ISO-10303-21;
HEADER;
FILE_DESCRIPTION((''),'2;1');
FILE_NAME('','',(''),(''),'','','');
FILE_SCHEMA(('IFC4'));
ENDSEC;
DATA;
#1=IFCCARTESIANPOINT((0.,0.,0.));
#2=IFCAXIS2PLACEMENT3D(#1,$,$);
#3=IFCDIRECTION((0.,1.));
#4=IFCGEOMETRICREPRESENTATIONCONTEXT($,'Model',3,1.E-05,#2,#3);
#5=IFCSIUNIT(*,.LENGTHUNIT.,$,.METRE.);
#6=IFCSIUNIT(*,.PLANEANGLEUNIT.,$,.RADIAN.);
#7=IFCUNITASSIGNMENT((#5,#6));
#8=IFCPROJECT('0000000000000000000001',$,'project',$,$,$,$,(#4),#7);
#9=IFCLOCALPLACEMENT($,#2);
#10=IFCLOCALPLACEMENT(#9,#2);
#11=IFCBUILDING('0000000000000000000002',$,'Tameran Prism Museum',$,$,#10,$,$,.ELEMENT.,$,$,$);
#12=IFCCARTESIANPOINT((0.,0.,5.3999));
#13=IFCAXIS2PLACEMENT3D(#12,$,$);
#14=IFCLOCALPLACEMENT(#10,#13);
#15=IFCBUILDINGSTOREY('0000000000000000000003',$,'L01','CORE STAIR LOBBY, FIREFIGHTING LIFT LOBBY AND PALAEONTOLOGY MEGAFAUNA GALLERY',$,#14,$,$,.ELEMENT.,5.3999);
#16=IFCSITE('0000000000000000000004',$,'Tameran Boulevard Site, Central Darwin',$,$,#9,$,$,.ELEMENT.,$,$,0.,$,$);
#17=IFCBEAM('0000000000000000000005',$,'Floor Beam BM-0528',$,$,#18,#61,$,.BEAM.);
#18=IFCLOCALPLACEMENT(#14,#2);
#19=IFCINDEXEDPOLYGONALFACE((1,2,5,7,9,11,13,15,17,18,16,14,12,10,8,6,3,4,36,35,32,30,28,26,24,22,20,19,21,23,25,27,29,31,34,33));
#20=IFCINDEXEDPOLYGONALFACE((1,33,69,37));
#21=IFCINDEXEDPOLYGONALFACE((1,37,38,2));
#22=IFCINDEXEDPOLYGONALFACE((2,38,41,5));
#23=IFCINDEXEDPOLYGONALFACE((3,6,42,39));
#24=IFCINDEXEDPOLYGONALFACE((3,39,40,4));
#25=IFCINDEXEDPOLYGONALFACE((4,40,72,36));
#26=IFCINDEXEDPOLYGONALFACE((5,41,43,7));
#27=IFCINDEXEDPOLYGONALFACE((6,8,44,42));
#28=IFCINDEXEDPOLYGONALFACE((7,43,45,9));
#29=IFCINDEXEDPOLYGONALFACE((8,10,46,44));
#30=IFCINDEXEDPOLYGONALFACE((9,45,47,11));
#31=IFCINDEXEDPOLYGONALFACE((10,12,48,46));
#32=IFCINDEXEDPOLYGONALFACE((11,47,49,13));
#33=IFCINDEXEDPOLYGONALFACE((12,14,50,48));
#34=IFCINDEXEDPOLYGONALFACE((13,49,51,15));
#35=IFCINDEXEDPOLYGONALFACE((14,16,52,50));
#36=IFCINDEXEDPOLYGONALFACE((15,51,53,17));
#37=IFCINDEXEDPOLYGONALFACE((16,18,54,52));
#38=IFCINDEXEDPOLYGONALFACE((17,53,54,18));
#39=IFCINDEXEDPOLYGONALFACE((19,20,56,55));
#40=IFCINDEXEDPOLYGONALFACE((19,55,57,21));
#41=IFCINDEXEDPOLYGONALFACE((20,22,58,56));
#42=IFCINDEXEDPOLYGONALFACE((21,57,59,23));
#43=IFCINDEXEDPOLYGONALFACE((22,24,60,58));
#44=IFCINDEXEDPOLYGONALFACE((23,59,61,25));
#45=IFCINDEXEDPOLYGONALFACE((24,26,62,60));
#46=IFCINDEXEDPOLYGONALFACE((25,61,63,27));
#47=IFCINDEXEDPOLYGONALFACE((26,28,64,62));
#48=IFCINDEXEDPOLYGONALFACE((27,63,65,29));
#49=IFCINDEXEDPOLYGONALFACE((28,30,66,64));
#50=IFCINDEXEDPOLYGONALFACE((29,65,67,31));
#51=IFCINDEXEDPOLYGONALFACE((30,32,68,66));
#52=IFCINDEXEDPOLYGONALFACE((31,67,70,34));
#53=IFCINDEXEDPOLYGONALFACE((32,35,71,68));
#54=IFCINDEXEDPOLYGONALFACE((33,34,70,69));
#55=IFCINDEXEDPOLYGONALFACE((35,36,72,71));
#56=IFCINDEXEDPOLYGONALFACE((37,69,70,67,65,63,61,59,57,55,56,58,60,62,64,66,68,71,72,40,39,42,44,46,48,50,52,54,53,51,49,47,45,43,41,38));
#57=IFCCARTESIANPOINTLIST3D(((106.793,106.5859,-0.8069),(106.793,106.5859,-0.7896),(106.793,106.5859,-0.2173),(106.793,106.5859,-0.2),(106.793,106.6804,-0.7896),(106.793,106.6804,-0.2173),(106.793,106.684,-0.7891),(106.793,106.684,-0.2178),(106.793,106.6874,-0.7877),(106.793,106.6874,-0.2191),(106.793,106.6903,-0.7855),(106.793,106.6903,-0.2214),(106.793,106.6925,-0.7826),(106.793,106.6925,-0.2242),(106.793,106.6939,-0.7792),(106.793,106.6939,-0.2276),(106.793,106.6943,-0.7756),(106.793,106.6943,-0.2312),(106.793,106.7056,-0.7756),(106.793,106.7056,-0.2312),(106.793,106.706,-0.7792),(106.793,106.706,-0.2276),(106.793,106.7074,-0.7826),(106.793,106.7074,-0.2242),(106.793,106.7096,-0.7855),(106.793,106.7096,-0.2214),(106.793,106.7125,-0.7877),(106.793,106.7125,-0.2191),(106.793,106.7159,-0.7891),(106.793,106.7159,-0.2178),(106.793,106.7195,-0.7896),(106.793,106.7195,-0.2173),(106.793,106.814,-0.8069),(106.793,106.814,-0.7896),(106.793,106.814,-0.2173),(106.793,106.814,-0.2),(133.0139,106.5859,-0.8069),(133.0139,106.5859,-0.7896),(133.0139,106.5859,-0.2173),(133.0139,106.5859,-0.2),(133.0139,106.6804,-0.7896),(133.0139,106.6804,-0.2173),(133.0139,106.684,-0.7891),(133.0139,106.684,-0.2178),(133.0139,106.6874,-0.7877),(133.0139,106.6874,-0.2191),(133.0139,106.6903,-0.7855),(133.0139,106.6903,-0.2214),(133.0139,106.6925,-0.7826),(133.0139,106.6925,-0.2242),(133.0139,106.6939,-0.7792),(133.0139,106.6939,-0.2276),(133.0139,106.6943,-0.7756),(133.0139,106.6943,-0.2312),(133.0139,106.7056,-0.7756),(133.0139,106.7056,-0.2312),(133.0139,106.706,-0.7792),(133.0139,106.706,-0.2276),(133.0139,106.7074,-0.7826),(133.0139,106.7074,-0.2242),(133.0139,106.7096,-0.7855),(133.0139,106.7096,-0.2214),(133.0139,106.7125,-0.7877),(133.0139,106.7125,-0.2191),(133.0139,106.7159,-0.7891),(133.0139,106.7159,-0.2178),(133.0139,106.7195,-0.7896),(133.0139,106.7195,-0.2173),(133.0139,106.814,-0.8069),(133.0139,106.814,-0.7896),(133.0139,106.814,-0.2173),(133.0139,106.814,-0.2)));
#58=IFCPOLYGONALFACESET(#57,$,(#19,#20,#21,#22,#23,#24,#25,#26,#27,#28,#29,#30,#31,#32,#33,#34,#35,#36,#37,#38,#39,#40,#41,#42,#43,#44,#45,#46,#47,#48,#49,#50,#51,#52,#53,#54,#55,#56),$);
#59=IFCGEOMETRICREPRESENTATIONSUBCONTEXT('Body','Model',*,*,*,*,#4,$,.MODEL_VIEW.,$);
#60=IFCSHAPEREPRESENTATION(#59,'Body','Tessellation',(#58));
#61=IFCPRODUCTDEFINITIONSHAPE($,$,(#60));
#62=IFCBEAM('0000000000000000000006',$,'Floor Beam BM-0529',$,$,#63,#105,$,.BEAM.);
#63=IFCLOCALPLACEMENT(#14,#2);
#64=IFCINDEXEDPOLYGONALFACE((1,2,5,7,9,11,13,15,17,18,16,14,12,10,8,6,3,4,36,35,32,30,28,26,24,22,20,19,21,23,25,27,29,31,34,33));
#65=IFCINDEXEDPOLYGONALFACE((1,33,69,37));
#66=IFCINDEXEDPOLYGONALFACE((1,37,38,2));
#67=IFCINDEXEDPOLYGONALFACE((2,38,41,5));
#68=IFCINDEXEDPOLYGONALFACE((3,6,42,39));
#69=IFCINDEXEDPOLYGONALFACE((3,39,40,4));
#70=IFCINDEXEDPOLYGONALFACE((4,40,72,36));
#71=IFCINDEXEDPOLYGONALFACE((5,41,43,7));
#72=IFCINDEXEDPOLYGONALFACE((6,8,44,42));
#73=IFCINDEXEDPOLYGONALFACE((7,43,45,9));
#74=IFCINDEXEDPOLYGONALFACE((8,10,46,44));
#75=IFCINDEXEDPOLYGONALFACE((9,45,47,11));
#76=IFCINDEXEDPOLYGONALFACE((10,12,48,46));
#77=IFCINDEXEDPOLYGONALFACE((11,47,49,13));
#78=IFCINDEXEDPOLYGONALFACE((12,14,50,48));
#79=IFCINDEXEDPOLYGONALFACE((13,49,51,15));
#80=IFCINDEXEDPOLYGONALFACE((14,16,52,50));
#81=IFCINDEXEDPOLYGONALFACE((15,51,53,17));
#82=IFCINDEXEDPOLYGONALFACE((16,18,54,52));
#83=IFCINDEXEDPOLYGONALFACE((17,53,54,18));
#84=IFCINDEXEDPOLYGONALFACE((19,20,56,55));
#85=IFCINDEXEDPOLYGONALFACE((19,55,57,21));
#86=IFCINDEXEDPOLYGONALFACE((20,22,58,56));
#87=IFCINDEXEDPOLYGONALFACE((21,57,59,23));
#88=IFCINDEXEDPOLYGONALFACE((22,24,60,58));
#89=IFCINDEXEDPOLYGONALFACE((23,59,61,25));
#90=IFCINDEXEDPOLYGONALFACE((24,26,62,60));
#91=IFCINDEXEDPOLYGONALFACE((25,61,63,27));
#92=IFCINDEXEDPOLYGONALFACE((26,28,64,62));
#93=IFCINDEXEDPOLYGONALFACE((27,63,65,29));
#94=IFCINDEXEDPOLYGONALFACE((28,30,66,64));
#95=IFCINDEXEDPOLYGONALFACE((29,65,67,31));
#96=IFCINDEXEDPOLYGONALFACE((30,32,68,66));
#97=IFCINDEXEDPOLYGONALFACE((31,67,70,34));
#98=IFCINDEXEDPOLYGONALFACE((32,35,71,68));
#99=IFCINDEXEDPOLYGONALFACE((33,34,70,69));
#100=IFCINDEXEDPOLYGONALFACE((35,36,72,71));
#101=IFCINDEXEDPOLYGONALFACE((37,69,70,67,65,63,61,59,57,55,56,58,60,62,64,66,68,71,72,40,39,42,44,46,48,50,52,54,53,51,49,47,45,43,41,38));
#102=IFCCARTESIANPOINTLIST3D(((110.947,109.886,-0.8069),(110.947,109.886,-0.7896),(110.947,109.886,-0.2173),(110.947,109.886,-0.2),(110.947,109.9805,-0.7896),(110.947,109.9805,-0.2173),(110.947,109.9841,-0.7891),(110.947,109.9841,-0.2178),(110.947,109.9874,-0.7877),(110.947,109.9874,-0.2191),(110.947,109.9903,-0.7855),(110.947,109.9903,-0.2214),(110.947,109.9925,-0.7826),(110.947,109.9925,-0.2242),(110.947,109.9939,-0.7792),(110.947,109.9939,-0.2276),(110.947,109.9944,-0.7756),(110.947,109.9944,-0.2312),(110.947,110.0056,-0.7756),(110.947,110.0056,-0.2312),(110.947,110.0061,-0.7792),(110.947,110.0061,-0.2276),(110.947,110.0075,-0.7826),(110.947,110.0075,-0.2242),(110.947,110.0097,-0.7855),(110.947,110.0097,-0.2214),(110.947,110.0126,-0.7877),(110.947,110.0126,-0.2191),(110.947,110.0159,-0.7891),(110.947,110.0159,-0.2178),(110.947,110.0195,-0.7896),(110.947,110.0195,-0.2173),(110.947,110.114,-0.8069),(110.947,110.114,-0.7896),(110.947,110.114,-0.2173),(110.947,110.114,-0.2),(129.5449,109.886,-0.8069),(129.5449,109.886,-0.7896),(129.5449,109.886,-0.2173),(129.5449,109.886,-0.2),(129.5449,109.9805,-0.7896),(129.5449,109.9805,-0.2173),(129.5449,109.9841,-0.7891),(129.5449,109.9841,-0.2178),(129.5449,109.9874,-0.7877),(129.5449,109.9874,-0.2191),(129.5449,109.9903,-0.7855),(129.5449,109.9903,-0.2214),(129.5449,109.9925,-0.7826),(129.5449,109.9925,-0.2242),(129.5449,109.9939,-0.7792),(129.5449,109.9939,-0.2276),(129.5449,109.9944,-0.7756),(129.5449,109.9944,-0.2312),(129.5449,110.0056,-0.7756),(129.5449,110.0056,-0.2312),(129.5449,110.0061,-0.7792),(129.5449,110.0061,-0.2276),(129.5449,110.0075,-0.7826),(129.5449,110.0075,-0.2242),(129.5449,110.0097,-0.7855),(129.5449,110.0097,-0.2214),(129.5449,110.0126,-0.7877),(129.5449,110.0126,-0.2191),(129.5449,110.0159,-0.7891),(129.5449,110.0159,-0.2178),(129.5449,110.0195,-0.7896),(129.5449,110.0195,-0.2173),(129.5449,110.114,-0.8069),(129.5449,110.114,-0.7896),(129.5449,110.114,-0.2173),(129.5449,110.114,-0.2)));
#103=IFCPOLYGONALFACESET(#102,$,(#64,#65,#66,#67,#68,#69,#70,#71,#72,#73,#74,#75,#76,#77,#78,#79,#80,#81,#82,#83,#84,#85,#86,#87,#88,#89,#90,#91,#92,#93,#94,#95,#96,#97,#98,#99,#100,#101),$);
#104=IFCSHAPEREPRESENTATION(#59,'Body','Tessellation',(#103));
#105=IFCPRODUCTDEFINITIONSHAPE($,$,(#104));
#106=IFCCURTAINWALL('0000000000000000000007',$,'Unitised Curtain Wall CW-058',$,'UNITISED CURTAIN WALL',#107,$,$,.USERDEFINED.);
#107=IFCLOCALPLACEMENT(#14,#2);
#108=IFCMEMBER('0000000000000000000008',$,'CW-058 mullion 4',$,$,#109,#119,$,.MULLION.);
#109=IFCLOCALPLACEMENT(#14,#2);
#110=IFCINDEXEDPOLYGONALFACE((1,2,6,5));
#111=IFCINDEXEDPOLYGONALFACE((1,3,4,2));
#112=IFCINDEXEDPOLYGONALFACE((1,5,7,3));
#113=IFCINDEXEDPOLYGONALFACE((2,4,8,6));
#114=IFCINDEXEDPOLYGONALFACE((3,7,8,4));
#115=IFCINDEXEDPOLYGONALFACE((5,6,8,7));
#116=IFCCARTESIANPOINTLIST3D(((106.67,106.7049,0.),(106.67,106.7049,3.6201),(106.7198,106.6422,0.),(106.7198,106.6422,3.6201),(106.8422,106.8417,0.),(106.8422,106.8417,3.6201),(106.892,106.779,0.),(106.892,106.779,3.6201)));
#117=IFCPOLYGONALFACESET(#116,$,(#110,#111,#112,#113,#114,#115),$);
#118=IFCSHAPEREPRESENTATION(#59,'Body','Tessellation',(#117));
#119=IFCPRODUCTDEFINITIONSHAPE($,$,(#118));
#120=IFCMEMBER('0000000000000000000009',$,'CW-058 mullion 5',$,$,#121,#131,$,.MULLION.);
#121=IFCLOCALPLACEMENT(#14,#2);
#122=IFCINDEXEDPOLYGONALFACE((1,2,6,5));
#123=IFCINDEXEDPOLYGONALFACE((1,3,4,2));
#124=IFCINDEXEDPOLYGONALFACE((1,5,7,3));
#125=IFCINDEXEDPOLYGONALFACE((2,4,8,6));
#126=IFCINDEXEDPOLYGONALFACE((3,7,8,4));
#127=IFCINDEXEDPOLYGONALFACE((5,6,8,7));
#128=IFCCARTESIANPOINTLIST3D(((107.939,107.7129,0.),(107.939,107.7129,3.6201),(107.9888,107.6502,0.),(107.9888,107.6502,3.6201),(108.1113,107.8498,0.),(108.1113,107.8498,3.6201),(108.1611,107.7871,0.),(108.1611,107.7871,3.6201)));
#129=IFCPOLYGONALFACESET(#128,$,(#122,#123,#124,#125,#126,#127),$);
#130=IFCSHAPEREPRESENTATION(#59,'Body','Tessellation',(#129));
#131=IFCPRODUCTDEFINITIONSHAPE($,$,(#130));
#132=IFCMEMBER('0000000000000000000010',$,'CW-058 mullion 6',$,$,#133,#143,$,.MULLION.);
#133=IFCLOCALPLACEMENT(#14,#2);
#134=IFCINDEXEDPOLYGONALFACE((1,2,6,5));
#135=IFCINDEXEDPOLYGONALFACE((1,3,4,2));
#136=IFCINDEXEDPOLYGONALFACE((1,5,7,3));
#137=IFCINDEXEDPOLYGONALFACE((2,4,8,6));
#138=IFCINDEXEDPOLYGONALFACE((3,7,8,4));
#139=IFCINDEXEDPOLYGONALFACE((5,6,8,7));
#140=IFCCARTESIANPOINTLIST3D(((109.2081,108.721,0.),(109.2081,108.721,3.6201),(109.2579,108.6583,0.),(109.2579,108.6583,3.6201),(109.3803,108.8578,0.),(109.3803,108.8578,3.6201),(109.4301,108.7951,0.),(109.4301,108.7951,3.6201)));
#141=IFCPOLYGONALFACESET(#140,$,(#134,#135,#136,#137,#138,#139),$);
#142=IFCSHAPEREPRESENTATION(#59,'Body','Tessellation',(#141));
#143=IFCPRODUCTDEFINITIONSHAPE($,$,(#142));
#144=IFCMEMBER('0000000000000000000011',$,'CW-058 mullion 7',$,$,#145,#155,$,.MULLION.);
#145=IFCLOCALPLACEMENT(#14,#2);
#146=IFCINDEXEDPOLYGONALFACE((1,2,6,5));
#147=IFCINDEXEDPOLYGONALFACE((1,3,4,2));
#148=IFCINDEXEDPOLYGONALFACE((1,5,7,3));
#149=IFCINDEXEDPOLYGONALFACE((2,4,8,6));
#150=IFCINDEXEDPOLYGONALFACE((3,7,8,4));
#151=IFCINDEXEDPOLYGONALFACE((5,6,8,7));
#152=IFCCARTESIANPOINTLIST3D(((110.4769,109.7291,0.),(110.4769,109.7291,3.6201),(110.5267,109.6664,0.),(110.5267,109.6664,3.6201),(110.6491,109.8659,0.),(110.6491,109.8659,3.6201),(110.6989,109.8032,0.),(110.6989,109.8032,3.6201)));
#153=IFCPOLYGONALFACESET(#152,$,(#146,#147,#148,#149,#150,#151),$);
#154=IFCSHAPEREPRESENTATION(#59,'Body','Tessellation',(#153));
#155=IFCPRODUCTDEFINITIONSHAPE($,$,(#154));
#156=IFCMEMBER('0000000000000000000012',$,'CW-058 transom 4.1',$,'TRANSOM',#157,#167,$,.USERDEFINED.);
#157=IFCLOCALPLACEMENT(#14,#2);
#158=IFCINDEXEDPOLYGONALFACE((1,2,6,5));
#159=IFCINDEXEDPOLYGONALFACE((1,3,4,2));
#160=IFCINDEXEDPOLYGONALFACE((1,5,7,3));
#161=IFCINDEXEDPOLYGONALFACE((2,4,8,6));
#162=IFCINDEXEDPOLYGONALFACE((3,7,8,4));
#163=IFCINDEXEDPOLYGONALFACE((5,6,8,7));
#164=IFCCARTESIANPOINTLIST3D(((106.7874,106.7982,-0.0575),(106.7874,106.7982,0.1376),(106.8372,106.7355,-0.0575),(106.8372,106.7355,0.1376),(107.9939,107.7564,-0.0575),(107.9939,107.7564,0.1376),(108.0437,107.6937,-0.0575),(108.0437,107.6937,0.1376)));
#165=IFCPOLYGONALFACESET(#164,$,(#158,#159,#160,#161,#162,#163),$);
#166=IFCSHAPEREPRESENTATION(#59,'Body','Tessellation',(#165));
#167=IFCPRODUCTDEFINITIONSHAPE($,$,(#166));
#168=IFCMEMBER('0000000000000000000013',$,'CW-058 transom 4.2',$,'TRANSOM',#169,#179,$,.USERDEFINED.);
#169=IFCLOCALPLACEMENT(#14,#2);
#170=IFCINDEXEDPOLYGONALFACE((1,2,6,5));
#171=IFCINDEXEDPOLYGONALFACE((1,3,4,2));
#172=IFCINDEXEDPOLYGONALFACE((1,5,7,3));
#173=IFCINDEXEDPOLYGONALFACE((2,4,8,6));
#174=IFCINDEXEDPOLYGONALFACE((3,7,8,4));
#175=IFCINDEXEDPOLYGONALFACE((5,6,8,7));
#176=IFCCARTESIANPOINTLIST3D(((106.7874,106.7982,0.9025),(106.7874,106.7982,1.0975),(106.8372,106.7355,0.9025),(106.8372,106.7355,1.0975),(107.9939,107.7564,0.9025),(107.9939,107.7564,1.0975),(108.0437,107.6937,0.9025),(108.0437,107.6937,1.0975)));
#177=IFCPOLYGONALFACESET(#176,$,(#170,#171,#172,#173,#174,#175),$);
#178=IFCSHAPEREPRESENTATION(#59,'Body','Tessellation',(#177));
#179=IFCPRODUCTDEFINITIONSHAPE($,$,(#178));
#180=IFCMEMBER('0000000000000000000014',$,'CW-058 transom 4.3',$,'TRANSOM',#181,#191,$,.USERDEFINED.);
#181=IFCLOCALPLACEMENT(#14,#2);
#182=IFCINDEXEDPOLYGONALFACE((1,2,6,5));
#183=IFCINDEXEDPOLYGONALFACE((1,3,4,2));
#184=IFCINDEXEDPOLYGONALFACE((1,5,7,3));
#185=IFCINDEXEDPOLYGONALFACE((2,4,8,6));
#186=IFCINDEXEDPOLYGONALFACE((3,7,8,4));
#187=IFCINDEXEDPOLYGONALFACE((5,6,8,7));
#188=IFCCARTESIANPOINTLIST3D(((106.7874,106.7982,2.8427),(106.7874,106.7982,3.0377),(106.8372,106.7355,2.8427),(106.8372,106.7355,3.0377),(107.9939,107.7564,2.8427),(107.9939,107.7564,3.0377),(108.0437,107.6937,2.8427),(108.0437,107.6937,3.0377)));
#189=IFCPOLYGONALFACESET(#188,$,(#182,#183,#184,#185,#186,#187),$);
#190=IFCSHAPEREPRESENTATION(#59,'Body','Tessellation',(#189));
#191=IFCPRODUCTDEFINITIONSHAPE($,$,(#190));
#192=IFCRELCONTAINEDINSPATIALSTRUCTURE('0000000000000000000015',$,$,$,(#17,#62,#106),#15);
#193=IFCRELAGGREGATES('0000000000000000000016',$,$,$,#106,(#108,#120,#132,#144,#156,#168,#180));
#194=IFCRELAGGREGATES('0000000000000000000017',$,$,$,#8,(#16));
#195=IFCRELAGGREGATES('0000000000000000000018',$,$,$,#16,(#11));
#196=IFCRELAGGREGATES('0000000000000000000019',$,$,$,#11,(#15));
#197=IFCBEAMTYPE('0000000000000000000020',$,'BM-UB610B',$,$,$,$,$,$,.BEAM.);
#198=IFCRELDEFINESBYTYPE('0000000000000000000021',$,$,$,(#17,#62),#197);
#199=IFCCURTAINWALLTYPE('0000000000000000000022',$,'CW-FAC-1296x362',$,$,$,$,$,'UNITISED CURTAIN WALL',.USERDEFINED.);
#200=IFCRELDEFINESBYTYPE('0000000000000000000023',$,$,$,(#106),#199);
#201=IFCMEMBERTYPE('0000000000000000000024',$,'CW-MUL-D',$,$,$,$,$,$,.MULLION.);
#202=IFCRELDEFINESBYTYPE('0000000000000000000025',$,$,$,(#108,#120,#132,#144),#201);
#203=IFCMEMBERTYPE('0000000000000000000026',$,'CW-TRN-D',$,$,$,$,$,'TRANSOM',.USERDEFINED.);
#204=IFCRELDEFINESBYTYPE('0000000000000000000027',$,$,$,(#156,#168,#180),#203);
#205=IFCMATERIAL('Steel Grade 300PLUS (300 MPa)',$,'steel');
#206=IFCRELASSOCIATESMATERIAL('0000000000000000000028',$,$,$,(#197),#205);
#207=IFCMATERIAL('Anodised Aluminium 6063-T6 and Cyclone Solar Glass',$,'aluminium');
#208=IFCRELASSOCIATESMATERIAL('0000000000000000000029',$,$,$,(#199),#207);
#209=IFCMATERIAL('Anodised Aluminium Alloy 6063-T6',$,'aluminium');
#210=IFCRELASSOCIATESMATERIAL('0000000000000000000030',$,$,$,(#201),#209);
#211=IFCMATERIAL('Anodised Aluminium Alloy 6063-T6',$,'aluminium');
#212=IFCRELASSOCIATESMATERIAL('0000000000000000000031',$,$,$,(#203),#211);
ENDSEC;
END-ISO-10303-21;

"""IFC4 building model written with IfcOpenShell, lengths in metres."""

from ifc_helpers import new_model, si_unit, direction, frame, origin, origin_2d, place, context, subcontext, project, spatial, rectangle, i_section, extrude, material, material_profile, profile_set, type_object, element, aggregate, save


model = new_model("IFC4")

# Units and contexts
model_context = context("Model", 3, precision=1e-05, world=origin(), true_north=direction((0.0, 1.0)))
body_context = subcontext(model_context, "Body", "Model", "MODEL_VIEW")
ifc_project = project(units=[si_unit("LENGTHUNIT", "METRE"), si_unit("PLANEANGLEUNIT", "RADIAN")], contexts=[model_context])

# Site, building, storey
site_placement = place(None, origin())
site = spatial("IfcSite", under=ifc_project, at=site_placement, Name="Tameran Boulevard Site, Central Darwin", CompositionType="ELEMENT", RefElevation=0.0)
building_placement = place(site_placement, origin())
building = spatial("IfcBuilding", under=site, at=building_placement, Name="Tameran Prism Museum", CompositionType="ELEMENT")
storey_placement = place(building_placement, frame((0.0, 0.0, 5.3999)))
storey = spatial("IfcBuildingStorey", under=building, at=storey_placement, Name="L01", Description="CORE STAIR LOBBY, FIREFIGHTING LIFT LOBBY AND PALAEONTOLOGY MEGAFAUNA GALLERY", CompositionType="ELEMENT", Elevation=5.3999)

# Beams
ifc_material_1 = material(Name="Steel Grade 300PLUS (300 MPa)", Category="steel")
ifc_material_profile_1 = material_profile(ifc_material_1, i_section(OverallWidth=0.228, OverallDepth=0.6069, WebThickness=0.0112, FlangeThickness=0.0173, FilletRadius=0.0139, at=origin_2d()))
ifc_profile_set_1 = profile_set([ifc_material_profile_1])
beam_type = type_object("IfcBeamType", Name="BM-UB610B", PredefinedType="BEAM", material=ifc_profile_set_1)
beam_1_placement = place(storey_placement, frame((106.793, 106.7, -0.5034), z_axis=(1.0, 0.0, 0.0), x_axis=(0.0, 1.0, 0.0)))
element("IfcBeam", 1, at=beam_1_placement, inside=storey, type_object=beam_type, Name="Floor Beam BM-0528", PredefinedType="BEAM", context=body_context, shape_type="SweptSolid", body=[
    extrude(i_section(OverallWidth=0.228, OverallDepth=0.6069, WebThickness=0.0112, FlangeThickness=0.0173, FilletRadius=0.0139, at=origin_2d()), origin(), (0.0, 0.0, 1.0), 26.2209),
])
beam_2_placement = place(storey_placement, frame((110.947, 110.0, -0.5034), z_axis=(1.0, 0.0, 0.0), x_axis=(0.0, 1.0, 0.0)))
element("IfcBeam", 2, at=beam_2_placement, inside=storey, type_object=beam_type, Name="Floor Beam BM-0529", PredefinedType="BEAM", context=body_context, shape_type="SweptSolid", body=[
    extrude(i_section(OverallWidth=0.228, OverallDepth=0.6069, WebThickness=0.0112, FlangeThickness=0.0173, FilletRadius=0.0139, at=origin_2d()), origin(), (0.0, 0.0, 1.0), 18.5979),
])

# Curtain wall, members
ifc_material_2 = material(Name="Anodised Aluminium 6063-T6 and Cyclone Solar Glass", Category="aluminium")
curtain_wall_type = type_object("IfcCurtainWallType", Name="CW-FAC-1296x362", ElementType="UNITISED CURTAIN WALL", PredefinedType="USERDEFINED", material=ifc_material_2)
curtain_wall_placement = place(storey_placement, origin())
curtain_wall = element("IfcCurtainWall", 3, at=curtain_wall_placement, inside=storey, type_object=curtain_wall_type, Name="Unitised Curtain Wall CW-058", ObjectType="UNITISED CURTAIN WALL", PredefinedType="USERDEFINED")
ifc_material_3 = material(Name="Anodised Aluminium Alloy 6063-T6", Category="aluminium")
ifc_material_profile_2 = material_profile(ifc_material_3, rectangle(XDim=0.0801, YDim=0.22, at=origin_2d()))
ifc_profile_set_2 = profile_set([ifc_material_profile_2])
member_type_1 = type_object("IfcMemberType", Name="CW-MUL-D", PredefinedType="MULLION", material=ifc_profile_set_2)
member_1_placement = place(storey_placement, frame((106.781, 106.7419, 0.0), z_axis=(0.0, 0.0, 1.0), x_axis=(-0.621982, 0.783031, 0.0)))
member_1 = element("IfcMember", 4, at=member_1_placement, type_object=member_type_1, Name="CW-058 mullion 4", PredefinedType="MULLION", context=body_context, shape_type="SweptSolid", body=[
    extrude(rectangle(XDim=0.0801, YDim=0.22, at=origin_2d()), origin(), (0.0, 0.0, 1.0), 3.6201),
])
member_2_placement = place(storey_placement, frame((108.05, 107.75, 0.0), z_axis=(0.0, 0.0, 1.0), x_axis=(-0.621982, 0.783031, 0.0)))
member_2 = element("IfcMember", 5, at=member_2_placement, type_object=member_type_1, Name="CW-058 mullion 5", PredefinedType="MULLION", context=body_context, shape_type="SweptSolid", body=[
    extrude(rectangle(XDim=0.0801, YDim=0.22, at=origin_2d()), origin(), (0.0, 0.0, 1.0), 3.6201),
])
member_3_placement = place(storey_placement, frame((109.3191, 108.7581, 0.0), z_axis=(0.0, 0.0, 1.0), x_axis=(-0.621982, 0.783031, 0.0)))
member_3 = element("IfcMember", 6, at=member_3_placement, type_object=member_type_1, Name="CW-058 mullion 6", PredefinedType="MULLION", context=body_context, shape_type="SweptSolid", body=[
    extrude(rectangle(XDim=0.0801, YDim=0.22, at=origin_2d()), origin(), (0.0, 0.0, 1.0), 3.6201),
])
member_4_placement = place(storey_placement, frame((110.5879, 109.7661, 0.0), z_axis=(0.0, 0.0, 1.0), x_axis=(-0.621982, 0.783031, 0.0)))
member_4 = element("IfcMember", 7, at=member_4_placement, type_object=member_type_1, Name="CW-058 mullion 7", PredefinedType="MULLION", context=body_context, shape_type="SweptSolid", body=[
    extrude(rectangle(XDim=0.0801, YDim=0.22, at=origin_2d()), origin(), (0.0, 0.0, 1.0), 3.6201),
])
ifc_material_4 = material(Name="Anodised Aluminium Alloy 6063-T6", Category="aluminium")
ifc_material_profile_3 = material_profile(ifc_material_4, rectangle(XDim=0.0801, YDim=0.1951, at=origin_2d()))
ifc_profile_set_3 = profile_set([ifc_material_profile_3])
member_type_2 = type_object("IfcMemberType", Name="CW-TRN-D", ElementType="TRANSOM", PredefinedType="USERDEFINED", material=ifc_profile_set_3)
member_5_placement = place(storey_placement, frame((106.8123, 106.7668, 0.04), z_axis=(0.783075, 0.621928, 0.0), x_axis=(-0.621928, 0.783075, 0.0)))
member_5 = element("IfcMember", 8, at=member_5_placement, type_object=member_type_2, Name="CW-058 transom 4.1", ObjectType="TRANSOM", PredefinedType="USERDEFINED", context=body_context, shape_type="SweptSolid", body=[
    extrude(rectangle(XDim=0.0801, YDim=0.1951, at=origin_2d()), origin(), (0.0, 0.0, 1.0), 1.5408),
])
member_6_placement = place(storey_placement, frame((106.8123, 106.7668, 1.0), z_axis=(0.783075, 0.621928, 0.0), x_axis=(-0.621928, 0.783075, 0.0)))
member_6 = element("IfcMember", 9, at=member_6_placement, type_object=member_type_2, Name="CW-058 transom 4.2", ObjectType="TRANSOM", PredefinedType="USERDEFINED", context=body_context, shape_type="SweptSolid", body=[
    extrude(rectangle(XDim=0.0801, YDim=0.1951, at=origin_2d()), origin(), (0.0, 0.0, 1.0), 1.5408),
])
member_7_placement = place(storey_placement, frame((106.8123, 106.7668, 2.9402), z_axis=(0.783075, 0.621928, 0.0), x_axis=(-0.621928, 0.783075, 0.0)))
member_7 = element("IfcMember", 10, at=member_7_placement, type_object=member_type_2, Name="CW-058 transom 4.3", ObjectType="TRANSOM", PredefinedType="USERDEFINED", context=body_context, shape_type="SweptSolid", body=[
    extrude(rectangle(XDim=0.0801, YDim=0.1951, at=origin_2d()), origin(), (0.0, 0.0, 1.0), 1.5408),
])
aggregate(curtain_wall, [member_1, member_2, member_3, member_4, member_5, member_6, member_7])

save(model, "model.ifc")
